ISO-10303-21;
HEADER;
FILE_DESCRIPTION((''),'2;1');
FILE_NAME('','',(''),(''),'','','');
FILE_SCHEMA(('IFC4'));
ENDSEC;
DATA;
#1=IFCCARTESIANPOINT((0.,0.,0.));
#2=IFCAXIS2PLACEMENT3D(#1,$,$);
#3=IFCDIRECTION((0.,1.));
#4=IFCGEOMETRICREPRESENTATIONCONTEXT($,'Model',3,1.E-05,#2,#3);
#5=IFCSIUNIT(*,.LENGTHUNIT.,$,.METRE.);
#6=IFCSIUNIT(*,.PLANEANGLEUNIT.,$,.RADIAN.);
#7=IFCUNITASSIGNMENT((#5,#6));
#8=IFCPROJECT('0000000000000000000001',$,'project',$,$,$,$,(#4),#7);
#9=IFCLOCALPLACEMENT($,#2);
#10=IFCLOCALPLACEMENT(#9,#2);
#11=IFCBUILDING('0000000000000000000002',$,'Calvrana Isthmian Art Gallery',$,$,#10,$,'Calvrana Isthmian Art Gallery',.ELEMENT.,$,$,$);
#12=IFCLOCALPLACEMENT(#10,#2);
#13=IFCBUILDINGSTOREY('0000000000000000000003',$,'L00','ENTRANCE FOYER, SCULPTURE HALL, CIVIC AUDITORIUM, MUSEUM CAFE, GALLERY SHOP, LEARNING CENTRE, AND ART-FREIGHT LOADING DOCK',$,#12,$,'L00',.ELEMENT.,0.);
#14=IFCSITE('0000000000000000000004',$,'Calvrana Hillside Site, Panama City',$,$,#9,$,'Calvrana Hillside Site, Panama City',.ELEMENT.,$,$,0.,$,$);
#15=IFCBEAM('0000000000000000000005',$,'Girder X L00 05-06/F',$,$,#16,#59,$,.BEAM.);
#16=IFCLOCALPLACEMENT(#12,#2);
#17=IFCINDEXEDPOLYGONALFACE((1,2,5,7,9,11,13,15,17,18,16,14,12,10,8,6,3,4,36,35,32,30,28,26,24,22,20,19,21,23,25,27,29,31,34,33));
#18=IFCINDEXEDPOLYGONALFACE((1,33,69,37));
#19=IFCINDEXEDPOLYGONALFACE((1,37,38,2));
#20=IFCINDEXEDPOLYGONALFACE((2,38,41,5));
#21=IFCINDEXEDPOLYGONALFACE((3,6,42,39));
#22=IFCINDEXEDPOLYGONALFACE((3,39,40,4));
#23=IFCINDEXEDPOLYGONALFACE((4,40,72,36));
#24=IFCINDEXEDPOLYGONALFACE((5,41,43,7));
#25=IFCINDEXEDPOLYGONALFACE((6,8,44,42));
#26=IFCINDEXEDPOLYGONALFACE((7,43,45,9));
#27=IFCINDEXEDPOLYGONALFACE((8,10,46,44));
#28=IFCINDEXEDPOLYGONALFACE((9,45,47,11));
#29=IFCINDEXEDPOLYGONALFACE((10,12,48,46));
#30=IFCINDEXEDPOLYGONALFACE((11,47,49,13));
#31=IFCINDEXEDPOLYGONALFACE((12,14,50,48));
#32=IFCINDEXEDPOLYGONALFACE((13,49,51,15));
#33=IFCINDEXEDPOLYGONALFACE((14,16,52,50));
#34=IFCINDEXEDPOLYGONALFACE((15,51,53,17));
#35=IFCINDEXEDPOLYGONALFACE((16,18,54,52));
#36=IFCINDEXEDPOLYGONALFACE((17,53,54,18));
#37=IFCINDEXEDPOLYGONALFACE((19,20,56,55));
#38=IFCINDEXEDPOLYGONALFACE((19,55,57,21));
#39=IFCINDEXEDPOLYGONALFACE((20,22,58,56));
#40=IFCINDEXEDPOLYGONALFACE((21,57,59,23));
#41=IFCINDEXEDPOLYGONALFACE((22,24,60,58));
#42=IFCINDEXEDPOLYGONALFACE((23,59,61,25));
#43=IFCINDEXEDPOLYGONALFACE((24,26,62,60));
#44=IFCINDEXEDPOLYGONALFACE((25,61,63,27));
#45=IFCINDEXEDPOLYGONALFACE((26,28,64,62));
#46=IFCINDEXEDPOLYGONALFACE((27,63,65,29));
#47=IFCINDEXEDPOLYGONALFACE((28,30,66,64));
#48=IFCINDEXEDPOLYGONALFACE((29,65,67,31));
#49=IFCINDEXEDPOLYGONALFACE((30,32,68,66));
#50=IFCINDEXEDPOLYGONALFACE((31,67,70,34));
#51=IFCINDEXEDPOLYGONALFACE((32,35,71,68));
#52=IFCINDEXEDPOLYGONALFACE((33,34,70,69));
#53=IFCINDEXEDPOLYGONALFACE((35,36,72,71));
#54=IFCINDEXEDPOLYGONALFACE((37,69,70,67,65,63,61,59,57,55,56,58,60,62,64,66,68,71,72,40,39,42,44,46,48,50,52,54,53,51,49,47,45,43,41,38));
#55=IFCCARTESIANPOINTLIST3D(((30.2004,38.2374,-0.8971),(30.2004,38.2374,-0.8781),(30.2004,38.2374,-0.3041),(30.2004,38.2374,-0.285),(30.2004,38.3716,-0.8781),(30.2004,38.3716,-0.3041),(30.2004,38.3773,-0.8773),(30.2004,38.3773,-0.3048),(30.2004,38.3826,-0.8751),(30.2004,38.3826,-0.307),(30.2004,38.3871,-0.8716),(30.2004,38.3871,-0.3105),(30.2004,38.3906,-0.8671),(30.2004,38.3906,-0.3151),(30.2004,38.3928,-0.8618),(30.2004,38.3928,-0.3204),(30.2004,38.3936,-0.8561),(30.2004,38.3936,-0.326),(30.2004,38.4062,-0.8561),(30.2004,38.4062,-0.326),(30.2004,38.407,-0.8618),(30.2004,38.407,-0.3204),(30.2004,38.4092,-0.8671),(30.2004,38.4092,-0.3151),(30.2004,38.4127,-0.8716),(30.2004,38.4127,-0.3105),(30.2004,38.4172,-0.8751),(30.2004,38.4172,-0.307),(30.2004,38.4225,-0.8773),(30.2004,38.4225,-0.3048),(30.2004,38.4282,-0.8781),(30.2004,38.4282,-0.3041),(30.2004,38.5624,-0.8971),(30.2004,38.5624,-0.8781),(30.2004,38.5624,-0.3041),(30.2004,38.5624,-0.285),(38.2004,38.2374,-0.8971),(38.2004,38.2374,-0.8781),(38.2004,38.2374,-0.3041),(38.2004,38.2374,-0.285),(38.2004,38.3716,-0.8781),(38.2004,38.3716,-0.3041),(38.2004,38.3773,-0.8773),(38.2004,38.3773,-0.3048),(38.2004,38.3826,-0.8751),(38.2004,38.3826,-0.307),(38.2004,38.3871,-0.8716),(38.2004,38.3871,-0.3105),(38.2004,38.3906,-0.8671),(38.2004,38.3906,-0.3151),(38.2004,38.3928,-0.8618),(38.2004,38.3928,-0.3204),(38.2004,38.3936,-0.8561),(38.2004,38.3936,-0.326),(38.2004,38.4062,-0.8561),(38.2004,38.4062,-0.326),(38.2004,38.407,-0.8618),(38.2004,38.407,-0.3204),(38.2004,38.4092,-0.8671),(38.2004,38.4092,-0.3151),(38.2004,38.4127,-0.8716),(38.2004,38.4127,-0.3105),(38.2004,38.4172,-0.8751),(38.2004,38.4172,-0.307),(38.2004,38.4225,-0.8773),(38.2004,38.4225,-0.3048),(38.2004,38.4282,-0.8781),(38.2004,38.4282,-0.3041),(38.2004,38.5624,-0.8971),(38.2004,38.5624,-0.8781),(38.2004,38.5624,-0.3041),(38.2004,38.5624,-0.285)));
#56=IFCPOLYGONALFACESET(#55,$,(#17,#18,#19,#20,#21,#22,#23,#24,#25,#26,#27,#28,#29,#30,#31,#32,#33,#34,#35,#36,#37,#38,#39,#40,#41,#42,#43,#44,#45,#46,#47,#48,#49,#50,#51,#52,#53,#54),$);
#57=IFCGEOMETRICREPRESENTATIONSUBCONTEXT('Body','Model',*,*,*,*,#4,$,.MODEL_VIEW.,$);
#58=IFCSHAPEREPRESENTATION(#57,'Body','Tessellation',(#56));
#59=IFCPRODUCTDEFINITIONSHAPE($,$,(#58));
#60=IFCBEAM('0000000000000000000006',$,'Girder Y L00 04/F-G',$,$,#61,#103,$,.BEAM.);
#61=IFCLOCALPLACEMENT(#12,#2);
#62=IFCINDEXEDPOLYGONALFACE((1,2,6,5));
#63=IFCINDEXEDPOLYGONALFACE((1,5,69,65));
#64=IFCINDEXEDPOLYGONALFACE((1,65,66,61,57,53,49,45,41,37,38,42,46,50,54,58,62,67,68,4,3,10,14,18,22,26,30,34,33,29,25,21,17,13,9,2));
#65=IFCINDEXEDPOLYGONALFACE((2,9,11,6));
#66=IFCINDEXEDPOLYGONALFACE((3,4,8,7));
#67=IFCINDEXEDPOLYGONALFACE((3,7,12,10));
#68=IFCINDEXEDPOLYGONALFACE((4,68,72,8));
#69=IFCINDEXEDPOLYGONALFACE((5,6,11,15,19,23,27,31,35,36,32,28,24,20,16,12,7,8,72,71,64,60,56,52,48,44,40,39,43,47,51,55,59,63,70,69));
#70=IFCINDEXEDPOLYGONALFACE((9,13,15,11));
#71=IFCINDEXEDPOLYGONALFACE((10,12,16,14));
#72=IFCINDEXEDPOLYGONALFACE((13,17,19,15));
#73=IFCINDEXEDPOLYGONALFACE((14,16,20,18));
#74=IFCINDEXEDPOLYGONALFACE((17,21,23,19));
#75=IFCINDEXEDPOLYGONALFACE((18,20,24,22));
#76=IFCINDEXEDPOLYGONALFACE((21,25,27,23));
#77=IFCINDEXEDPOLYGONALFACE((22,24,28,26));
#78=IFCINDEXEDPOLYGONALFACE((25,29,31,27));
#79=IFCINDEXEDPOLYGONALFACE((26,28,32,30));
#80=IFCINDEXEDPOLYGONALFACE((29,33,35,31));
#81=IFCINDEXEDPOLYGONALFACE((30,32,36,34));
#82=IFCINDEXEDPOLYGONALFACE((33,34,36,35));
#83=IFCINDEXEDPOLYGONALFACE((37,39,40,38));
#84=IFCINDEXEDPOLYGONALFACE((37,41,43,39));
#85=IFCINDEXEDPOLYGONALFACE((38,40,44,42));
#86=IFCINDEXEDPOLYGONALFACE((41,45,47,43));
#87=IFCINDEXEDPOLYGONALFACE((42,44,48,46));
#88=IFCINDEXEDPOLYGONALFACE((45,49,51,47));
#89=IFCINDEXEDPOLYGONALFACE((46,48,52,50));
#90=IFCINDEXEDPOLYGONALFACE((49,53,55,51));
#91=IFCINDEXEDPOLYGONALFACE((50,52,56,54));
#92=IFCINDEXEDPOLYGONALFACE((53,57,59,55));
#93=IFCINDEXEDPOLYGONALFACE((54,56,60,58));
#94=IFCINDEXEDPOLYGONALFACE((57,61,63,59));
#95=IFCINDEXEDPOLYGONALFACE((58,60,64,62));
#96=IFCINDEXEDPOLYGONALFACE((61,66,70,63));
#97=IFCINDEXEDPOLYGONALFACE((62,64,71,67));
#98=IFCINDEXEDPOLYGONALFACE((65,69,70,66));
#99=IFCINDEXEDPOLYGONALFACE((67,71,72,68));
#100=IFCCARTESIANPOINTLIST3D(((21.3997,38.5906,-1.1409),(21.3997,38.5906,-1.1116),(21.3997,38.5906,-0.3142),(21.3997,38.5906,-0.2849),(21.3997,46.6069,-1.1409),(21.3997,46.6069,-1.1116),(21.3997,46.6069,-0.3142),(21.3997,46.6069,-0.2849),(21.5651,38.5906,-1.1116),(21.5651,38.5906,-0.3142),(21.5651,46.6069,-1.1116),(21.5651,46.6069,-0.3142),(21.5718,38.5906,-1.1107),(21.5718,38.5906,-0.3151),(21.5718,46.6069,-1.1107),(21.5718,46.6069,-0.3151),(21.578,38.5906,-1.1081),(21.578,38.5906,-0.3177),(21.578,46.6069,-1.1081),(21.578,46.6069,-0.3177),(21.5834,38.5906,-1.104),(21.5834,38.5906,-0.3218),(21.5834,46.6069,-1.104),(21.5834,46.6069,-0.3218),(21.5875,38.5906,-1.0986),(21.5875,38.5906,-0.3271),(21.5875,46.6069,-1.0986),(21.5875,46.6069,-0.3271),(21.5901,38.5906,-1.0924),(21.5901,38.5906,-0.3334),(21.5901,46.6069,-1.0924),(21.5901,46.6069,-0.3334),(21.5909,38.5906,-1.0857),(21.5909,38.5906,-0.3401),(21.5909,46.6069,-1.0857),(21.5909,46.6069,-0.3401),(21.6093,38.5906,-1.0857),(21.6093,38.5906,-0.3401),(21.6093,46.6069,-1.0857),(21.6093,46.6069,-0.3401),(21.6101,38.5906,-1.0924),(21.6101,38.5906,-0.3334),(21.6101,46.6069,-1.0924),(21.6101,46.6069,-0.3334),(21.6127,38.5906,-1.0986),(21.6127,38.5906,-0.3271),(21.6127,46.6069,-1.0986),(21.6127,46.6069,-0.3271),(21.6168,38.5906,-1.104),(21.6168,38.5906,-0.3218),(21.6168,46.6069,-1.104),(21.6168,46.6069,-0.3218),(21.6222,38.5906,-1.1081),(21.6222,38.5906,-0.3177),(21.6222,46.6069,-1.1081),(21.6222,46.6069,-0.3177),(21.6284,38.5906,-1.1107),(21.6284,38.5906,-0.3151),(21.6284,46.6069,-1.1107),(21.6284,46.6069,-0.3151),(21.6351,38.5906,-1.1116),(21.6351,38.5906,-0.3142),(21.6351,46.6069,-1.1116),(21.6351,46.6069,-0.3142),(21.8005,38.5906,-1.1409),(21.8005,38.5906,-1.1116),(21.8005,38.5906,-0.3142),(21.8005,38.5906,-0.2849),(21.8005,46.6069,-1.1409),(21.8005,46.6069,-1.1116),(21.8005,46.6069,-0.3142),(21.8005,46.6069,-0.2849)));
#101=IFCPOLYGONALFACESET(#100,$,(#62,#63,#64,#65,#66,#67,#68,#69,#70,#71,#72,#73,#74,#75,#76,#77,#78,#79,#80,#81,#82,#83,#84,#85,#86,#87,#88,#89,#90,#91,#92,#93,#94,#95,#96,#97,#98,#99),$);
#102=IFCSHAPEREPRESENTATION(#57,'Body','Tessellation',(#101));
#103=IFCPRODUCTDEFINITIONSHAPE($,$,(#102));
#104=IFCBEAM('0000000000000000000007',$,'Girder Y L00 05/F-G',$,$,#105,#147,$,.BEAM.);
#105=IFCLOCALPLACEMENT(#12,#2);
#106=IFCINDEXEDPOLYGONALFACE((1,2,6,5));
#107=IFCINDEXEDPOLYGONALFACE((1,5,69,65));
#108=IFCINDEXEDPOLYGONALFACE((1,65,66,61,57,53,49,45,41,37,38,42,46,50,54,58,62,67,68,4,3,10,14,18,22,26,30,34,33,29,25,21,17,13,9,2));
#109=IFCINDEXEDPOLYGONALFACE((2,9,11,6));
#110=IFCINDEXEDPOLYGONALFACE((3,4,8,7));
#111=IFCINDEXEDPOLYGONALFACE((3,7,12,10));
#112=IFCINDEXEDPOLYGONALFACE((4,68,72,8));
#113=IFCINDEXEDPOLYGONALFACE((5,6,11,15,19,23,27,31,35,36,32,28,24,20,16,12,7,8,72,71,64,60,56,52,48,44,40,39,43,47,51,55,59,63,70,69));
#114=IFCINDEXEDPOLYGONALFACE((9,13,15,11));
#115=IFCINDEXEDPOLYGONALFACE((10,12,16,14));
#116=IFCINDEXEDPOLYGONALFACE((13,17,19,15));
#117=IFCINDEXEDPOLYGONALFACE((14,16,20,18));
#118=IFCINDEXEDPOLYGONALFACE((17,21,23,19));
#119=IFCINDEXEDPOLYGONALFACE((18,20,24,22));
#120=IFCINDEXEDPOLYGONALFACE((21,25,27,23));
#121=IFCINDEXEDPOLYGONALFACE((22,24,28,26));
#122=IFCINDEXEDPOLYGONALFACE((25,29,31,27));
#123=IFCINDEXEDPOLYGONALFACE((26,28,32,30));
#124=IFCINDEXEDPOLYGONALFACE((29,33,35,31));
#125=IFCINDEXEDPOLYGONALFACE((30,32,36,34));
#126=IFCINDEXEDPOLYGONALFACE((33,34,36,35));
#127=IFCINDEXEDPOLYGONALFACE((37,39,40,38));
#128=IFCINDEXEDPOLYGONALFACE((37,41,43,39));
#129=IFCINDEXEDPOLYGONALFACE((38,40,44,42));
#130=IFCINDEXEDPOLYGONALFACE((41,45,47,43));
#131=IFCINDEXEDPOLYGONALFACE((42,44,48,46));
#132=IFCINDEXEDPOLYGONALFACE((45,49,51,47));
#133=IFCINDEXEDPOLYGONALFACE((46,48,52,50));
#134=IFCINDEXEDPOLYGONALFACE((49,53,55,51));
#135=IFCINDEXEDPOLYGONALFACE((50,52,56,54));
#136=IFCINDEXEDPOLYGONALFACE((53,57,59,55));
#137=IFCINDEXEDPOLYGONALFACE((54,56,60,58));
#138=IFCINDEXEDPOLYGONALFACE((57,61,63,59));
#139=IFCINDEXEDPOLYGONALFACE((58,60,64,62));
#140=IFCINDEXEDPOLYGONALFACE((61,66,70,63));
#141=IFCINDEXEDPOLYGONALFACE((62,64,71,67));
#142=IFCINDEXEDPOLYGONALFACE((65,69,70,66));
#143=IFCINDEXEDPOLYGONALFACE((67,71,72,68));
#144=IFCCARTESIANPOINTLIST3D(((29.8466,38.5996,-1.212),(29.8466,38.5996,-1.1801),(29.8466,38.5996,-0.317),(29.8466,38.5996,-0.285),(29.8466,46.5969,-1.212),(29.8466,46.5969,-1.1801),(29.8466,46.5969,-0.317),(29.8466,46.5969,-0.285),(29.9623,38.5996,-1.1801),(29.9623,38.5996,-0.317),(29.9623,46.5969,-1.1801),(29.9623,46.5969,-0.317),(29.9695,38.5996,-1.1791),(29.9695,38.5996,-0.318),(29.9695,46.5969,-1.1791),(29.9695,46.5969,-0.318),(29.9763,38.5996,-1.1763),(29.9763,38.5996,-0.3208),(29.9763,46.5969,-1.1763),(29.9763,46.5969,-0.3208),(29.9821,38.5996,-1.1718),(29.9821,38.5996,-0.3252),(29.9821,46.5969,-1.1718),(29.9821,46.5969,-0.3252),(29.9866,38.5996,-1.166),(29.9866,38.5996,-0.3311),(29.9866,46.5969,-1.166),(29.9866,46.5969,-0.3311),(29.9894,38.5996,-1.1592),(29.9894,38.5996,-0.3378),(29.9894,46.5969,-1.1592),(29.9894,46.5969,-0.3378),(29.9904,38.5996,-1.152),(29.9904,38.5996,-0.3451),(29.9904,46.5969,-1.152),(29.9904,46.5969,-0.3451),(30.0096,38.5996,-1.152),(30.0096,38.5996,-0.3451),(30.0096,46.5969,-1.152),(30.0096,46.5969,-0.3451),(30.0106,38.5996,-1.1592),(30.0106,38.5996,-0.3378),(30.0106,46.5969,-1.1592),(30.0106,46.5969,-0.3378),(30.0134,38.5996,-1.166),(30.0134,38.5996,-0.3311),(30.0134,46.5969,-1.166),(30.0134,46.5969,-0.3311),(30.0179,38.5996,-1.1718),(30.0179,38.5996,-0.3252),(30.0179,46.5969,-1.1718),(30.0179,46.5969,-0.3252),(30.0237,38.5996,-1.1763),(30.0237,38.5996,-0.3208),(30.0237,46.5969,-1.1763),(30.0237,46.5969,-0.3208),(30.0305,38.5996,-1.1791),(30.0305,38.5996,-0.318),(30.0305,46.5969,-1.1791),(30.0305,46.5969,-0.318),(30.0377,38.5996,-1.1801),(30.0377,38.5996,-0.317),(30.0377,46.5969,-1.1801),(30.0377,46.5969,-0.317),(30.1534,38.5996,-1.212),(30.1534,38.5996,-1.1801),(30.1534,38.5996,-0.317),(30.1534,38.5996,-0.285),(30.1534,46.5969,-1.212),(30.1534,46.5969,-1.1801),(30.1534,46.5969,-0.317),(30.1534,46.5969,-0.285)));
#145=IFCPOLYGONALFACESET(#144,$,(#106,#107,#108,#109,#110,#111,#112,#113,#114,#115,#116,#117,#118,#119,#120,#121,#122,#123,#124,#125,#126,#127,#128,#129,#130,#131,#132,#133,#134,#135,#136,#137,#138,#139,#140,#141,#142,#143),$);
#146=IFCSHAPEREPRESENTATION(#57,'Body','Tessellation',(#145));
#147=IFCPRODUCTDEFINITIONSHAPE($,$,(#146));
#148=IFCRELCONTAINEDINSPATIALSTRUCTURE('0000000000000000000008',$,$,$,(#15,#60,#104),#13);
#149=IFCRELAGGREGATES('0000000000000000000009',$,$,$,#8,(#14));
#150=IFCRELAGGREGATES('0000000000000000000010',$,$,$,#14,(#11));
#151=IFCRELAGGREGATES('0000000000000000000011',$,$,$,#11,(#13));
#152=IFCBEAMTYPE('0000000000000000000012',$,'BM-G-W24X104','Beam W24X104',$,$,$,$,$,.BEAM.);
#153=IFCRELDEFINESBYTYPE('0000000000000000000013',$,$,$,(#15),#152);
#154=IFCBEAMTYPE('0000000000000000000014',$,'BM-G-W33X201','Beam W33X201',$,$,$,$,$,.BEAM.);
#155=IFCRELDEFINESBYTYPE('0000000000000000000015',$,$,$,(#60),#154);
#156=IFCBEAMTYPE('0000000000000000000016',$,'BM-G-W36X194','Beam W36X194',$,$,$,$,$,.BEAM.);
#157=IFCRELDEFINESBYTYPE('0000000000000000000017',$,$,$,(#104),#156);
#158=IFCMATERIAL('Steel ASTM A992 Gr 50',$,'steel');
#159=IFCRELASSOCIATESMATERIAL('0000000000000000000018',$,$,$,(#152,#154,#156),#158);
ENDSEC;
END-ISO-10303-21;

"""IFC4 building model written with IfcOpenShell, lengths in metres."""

from ifc_helpers import new_model, si_unit, direction, frame, origin, origin_2d, place, context, subcontext, project, spatial, i_section, extrude, material, material_profile, profile_set, type_object, element, save


model = new_model("IFC4")

# Units and contexts
model_context = context("Model", 3, precision=1e-05, world=origin(), true_north=direction((0.0, 1.0)))
body_context = subcontext(model_context, "Body", "Model", "MODEL_VIEW")
ifc_project = project(units=[si_unit("LENGTHUNIT", "METRE"), si_unit("PLANEANGLEUNIT", "RADIAN")], contexts=[model_context])

# Site, building, storey
site_placement = place(None, origin())
site = spatial("IfcSite", under=ifc_project, at=site_placement, Name="Calvrana Hillside Site, Panama City", LongName="Calvrana Hillside Site, Panama City", CompositionType="ELEMENT", RefElevation=0.0)
building_placement = place(site_placement, origin())
building = spatial("IfcBuilding", under=site, at=building_placement, Name="Calvrana Isthmian Art Gallery", LongName="Calvrana Isthmian Art Gallery", CompositionType="ELEMENT")
storey_placement = place(building_placement, origin())
storey = spatial("IfcBuildingStorey", under=building, at=storey_placement, Name="L00", Description="ENTRANCE FOYER, SCULPTURE HALL, CIVIC AUDITORIUM, MUSEUM CAFE, GALLERY SHOP, LEARNING CENTRE, AND ART-FREIGHT LOADING DOCK", LongName="L00", CompositionType="ELEMENT", Elevation=0.0)

# Beams
ifc_material_1 = material(Name="Steel ASTM A992 Gr 50", Category="steel")
ifc_material_profile_1 = material_profile(ifc_material_1, i_section(OverallWidth=0.325, OverallDepth=0.6121, WebThickness=0.0127, FlangeThickness=0.019, FilletRadius=0.022, at=origin_2d()), Name="W24X104")
ifc_profile_set_1 = profile_set([ifc_material_profile_1], Name="Steel ASTM A992 Gr 50")
beam_type_1 = type_object("IfcBeamType", Name="BM-G-W24X104", Description="Beam W24X104", PredefinedType="BEAM", material=ifc_profile_set_1)
beam_1_placement = place(storey_placement, frame((30.2004, 38.3999, -0.5911), z_axis=(1.0, 0.0, 0.0), x_axis=(0.0, 1.0, 0.0)))
element("IfcBeam", 1, at=beam_1_placement, inside=storey, type_object=beam_type_1, Name="Girder X L00 05-06/F", PredefinedType="BEAM", context=body_context, shape_type="SweptSolid", body=[
    extrude(i_section(OverallWidth=0.325, OverallDepth=0.6121, WebThickness=0.0127, FlangeThickness=0.019, FilletRadius=0.022, at=origin_2d()), origin(), (0.0, 0.0, 1.0), 8.0),
])
ifc_material_profile_2 = material_profile(ifc_material_1, i_section(OverallWidth=0.4009, OverallDepth=0.856, WebThickness=0.0183, FlangeThickness=0.0293, FilletRadius=0.0259, at=origin_2d()), Name="W33X201")
ifc_profile_set_2 = profile_set([ifc_material_profile_2], Name="Steel ASTM A992 Gr 50")
beam_type_2 = type_object("IfcBeamType", Name="BM-G-W33X201", Description="Beam W33X201", PredefinedType="BEAM", material=ifc_profile_set_2)
beam_2_placement = place(storey_placement, frame((21.6001, 38.5906, -0.7129), z_axis=(0.0, 1.0, 0.0), x_axis=(-1.0, 0.0, 0.0)))
element("IfcBeam", 2, at=beam_2_placement, inside=storey, type_object=beam_type_2, Name="Girder Y L00 04/F-G", PredefinedType="BEAM", context=body_context, shape_type="SweptSolid", body=[
    extrude(i_section(OverallWidth=0.4009, OverallDepth=0.856, WebThickness=0.0183, FlangeThickness=0.0293, FilletRadius=0.0259, at=origin_2d()), origin(), (0.0, 0.0, 1.0), 8.0164),
])
ifc_material_profile_3 = material_profile(ifc_material_1, i_section(OverallWidth=0.3069, OverallDepth=0.927, WebThickness=0.0193, FlangeThickness=0.032, FilletRadius=0.0281, at=origin_2d()), Name="W36X194")
ifc_profile_set_3 = profile_set([ifc_material_profile_3], Name="Steel ASTM A992 Gr 50")
beam_type_3 = type_object("IfcBeamType", Name="BM-G-W36X194", Description="Beam W36X194", PredefinedType="BEAM", material=ifc_profile_set_3)
beam_3_placement = place(storey_placement, frame((30.0, 38.5996, -0.7485), z_axis=(0.0, 1.0, 0.0), x_axis=(-1.0, 0.0, 0.0)))
element("IfcBeam", 3, at=beam_3_placement, inside=storey, type_object=beam_type_3, Name="Girder Y L00 05/F-G", PredefinedType="BEAM", context=body_context, shape_type="SweptSolid", body=[
    extrude(i_section(OverallWidth=0.3069, OverallDepth=0.927, WebThickness=0.0193, FlangeThickness=0.032, FilletRadius=0.0281, at=origin_2d()), origin(), (0.0, 0.0, 1.0), 7.9973),
])

save(model, "model.ifc")
